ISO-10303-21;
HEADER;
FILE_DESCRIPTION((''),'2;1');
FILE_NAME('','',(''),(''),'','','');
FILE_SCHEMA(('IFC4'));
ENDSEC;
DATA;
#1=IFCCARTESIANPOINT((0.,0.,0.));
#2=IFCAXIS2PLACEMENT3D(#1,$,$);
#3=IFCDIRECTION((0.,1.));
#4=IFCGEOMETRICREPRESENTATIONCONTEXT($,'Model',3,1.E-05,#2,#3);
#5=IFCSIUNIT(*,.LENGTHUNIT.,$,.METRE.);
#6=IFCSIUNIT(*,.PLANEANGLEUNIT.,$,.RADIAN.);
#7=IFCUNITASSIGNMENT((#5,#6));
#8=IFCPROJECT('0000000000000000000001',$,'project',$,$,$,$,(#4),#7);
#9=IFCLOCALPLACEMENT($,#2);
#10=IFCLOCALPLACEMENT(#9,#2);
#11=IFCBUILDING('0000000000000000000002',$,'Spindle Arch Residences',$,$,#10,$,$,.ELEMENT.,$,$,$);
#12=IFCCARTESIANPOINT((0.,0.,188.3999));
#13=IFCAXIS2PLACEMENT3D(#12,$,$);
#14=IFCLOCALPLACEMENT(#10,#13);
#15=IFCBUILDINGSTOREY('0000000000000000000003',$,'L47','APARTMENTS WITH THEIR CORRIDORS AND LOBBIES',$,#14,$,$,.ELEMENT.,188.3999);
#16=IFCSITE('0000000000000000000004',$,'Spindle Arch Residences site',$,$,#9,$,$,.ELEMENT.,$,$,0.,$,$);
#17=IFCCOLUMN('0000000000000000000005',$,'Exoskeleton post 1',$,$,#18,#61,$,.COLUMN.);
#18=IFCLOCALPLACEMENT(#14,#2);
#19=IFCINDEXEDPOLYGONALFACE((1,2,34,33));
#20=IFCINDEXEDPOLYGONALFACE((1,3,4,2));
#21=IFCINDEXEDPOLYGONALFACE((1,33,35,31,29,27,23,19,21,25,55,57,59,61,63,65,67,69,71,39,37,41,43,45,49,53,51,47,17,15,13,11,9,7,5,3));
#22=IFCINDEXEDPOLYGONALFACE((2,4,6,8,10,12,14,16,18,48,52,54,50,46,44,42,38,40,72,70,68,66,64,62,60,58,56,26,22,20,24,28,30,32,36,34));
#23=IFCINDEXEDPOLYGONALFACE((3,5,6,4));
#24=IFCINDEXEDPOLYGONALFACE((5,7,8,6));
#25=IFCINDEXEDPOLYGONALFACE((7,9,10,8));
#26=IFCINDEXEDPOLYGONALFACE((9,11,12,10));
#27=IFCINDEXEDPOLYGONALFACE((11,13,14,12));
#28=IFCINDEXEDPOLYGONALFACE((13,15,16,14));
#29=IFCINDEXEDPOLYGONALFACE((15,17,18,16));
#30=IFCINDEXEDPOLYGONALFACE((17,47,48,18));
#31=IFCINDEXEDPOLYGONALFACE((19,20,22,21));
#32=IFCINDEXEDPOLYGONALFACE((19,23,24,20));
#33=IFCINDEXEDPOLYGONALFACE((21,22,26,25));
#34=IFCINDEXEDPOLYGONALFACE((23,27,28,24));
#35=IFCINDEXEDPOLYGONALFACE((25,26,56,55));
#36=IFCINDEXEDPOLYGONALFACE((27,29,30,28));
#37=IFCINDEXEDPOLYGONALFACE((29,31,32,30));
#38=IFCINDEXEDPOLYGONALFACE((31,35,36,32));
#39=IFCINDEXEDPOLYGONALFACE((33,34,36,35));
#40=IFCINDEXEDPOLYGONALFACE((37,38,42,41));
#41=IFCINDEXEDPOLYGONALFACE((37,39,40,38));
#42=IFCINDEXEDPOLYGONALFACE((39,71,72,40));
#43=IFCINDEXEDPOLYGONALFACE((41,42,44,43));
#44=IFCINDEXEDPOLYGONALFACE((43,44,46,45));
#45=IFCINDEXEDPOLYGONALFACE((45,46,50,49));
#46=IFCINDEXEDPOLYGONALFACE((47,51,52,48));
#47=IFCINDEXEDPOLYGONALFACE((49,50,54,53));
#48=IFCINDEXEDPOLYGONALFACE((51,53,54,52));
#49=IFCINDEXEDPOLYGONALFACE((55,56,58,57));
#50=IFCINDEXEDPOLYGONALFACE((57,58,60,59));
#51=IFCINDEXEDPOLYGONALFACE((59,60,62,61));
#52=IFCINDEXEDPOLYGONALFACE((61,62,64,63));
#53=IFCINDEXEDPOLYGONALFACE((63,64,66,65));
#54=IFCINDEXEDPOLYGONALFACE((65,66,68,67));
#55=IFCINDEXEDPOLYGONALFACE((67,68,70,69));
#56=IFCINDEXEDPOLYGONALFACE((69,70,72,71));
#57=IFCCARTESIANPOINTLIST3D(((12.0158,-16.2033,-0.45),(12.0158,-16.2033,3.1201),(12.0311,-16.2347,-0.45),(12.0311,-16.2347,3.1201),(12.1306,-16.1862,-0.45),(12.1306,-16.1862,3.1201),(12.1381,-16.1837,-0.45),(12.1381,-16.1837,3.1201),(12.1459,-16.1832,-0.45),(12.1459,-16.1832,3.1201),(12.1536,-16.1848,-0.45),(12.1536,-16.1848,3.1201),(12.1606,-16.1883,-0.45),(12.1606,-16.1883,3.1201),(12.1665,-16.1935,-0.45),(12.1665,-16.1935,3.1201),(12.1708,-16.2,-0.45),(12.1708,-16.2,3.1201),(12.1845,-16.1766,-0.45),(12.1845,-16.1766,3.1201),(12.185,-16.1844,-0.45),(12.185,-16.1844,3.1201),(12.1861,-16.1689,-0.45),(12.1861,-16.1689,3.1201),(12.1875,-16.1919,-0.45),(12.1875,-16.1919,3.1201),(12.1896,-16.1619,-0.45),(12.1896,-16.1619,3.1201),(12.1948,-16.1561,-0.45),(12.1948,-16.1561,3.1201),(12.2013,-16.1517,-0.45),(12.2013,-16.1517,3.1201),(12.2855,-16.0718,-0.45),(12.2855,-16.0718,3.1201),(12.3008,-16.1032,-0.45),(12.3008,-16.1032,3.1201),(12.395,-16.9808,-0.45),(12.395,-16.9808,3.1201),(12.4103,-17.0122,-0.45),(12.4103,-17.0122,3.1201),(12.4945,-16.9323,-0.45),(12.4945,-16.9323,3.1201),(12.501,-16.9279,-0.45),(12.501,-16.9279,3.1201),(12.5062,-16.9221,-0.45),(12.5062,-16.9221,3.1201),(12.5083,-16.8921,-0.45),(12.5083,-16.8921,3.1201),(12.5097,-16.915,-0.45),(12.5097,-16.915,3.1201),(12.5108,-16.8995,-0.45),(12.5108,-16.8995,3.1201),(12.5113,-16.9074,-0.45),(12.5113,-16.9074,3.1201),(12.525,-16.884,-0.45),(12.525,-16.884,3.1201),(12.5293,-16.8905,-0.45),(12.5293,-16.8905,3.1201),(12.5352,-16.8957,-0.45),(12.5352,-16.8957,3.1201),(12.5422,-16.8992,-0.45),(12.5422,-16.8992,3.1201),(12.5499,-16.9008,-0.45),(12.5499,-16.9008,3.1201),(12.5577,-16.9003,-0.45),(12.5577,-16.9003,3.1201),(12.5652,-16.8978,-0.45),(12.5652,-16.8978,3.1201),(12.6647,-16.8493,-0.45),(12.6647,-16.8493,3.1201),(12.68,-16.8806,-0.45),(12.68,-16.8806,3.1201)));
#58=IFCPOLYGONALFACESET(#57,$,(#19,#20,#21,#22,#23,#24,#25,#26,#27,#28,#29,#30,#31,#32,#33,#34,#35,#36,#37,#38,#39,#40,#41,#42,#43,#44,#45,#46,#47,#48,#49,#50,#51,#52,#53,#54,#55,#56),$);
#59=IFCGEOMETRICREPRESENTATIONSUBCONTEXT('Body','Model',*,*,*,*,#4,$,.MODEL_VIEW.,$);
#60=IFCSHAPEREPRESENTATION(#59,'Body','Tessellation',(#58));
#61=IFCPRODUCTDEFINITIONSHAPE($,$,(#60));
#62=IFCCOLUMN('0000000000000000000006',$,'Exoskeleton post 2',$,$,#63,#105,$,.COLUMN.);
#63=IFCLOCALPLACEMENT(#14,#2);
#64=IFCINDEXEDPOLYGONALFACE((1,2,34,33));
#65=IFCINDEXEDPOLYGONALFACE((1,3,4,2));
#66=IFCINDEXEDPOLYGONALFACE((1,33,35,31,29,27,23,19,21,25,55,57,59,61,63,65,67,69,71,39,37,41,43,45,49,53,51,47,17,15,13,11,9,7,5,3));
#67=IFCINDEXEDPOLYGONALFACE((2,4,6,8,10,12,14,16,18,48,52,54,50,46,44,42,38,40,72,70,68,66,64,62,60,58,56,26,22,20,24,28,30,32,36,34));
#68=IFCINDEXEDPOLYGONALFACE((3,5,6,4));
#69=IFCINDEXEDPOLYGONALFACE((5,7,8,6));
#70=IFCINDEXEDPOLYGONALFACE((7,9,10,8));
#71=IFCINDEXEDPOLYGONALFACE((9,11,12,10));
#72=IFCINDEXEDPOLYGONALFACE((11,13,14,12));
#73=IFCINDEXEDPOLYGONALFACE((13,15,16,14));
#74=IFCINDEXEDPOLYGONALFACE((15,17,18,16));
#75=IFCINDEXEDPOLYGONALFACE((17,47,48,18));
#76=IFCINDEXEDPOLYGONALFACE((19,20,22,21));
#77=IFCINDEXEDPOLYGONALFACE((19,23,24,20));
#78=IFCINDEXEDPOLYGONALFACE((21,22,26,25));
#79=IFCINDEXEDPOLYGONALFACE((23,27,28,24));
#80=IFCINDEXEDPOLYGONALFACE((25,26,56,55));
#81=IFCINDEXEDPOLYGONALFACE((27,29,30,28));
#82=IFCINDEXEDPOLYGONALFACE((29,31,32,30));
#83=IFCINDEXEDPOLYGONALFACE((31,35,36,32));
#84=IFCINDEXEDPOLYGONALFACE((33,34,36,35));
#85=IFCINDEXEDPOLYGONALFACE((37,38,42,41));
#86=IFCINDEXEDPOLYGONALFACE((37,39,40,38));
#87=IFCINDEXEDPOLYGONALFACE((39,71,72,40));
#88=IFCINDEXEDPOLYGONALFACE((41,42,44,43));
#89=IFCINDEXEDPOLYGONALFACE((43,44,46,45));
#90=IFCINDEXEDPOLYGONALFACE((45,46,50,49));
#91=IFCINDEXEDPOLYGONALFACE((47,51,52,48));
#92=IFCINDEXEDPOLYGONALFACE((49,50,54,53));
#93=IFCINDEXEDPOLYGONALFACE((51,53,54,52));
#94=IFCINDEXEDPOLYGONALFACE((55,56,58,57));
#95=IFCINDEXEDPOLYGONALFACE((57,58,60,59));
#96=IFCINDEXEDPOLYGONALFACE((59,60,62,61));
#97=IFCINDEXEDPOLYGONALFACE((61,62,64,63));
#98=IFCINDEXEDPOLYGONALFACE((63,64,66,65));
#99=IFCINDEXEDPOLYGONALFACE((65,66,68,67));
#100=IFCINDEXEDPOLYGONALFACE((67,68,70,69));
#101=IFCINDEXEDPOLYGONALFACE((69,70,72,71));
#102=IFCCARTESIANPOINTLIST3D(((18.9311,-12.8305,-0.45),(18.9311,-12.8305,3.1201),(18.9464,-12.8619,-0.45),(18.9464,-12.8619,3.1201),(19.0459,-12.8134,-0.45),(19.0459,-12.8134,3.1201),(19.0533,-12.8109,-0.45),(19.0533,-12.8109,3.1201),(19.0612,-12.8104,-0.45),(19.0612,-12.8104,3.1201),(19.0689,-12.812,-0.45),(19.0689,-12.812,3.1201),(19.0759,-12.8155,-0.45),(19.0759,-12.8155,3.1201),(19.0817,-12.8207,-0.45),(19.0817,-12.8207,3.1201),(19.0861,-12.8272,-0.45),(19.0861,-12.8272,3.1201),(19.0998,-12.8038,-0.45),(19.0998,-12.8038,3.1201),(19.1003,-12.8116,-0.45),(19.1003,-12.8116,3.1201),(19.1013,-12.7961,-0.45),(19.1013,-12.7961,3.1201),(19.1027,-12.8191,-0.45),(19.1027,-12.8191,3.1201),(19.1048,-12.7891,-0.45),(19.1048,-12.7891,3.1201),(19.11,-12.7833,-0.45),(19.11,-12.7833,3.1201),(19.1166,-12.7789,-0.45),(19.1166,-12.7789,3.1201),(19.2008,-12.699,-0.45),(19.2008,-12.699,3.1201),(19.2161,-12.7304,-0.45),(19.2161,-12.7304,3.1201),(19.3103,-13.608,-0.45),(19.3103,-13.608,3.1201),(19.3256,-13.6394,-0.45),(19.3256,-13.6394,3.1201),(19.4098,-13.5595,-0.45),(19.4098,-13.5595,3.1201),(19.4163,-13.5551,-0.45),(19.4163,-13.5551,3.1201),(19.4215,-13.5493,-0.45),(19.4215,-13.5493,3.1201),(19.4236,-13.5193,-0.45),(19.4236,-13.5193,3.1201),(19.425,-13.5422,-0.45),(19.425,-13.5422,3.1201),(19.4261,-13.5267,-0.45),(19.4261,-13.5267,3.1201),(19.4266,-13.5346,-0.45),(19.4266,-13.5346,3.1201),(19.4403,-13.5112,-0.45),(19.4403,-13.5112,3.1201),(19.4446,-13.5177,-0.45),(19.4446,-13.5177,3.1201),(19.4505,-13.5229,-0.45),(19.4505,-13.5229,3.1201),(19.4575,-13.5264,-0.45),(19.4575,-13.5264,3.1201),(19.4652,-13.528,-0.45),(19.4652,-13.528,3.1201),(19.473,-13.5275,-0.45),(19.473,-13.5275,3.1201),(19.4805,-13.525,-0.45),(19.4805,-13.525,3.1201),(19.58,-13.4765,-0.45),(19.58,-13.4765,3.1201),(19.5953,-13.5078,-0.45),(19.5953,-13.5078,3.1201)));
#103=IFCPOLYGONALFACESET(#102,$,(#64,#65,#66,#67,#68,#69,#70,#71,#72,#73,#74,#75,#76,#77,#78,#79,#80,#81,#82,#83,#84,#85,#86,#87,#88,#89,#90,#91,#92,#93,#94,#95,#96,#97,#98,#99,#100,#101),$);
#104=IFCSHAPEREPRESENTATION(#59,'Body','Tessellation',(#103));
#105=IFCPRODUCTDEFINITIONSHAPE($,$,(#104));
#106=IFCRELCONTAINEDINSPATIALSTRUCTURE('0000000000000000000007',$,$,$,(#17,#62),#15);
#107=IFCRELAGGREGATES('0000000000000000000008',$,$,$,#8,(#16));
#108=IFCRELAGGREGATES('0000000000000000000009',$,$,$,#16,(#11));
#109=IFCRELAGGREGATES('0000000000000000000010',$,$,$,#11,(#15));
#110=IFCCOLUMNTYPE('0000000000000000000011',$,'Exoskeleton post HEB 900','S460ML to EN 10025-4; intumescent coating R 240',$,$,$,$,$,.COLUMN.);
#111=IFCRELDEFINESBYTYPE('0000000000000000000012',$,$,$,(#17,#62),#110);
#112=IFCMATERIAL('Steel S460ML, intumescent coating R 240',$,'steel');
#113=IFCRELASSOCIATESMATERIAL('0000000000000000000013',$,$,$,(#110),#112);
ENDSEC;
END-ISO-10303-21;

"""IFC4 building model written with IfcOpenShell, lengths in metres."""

from ifc_helpers import new_model, si_unit, direction, frame, origin, origin_2d, place, context, subcontext, project, spatial, i_section, extrude, material, material_profile, profile_set, type_object, element, save


model = new_model("IFC4")

# Units and contexts
model_context = context("Model", 3, precision=1e-05, world=origin(), true_north=direction((0.0, 1.0)))
body_context = subcontext(model_context, "Body", "Model", "MODEL_VIEW")
ifc_project = project(units=[si_unit("LENGTHUNIT", "METRE"), si_unit("PLANEANGLEUNIT", "RADIAN")], contexts=[model_context])

# Site, building, storey
site_placement = place(None, origin())
site = spatial("IfcSite", under=ifc_project, at=site_placement, Name="Spindle Arch Residences site", CompositionType="ELEMENT", RefElevation=0.0)
building_placement = place(site_placement, origin())
building = spatial("IfcBuilding", under=site, at=building_placement, Name="Spindle Arch Residences", CompositionType="ELEMENT")
storey_placement = place(building_placement, frame((0.0, 0.0, 188.3999)))
storey = spatial("IfcBuildingStorey", under=building, at=storey_placement, Name="L47", Description="APARTMENTS WITH THEIR CORRIDORS AND LOBBIES", CompositionType="ELEMENT", Elevation=188.3999)

# Columns
ifc_material_1 = material(Name="Steel S460ML, intumescent coating R 240", Category="steel")
ifc_material_profile_1 = material_profile(ifc_material_1, i_section(OverallWidth=0.3, OverallDepth=0.8999, WebThickness=0.0186, FlangeThickness=0.0349, FilletRadius=0.03, at=origin_2d()), Name="HEB 900")
ifc_profile_set_1 = profile_set([ifc_material_profile_1], Name="Steel S460ML, intumescent coating R 240")
column_type_1 = type_object("IfcColumnType", Name="Exoskeleton post HEB 900", Description="S460ML to EN 10025-4; intumescent coating R 240", PredefinedType="COLUMN", material=ifc_profile_set_1)
for number, where, z_axis, x_axis, name in (
    (1, (12.3479, -16.542, -0.45), (0.0, 0.0, 1.0), (-0.898794, -0.438371, 0.0), "Exoskeleton post 1"),
    (2, (19.2632, -13.1692, -0.45), (0.0, 0.0, 1.0), (-0.898794, -0.438371, 0.0), "Exoskeleton post 2"),
):
    element("IfcColumn", number, at=place(storey_placement, frame(where, z_axis=z_axis, x_axis=x_axis)), inside=storey, type_object=column_type_1, Name=name, PredefinedType="COLUMN", context=body_context, shape_type="SweptSolid", body=[
        extrude(i_section(OverallWidth=0.3, OverallDepth=0.8999, WebThickness=0.0186, FlangeThickness=0.0349, FilletRadius=0.03, at=origin_2d()), origin(), (0.0, 0.0, 1.0), 3.5701),
    ])

save(model, "model.ifc")
